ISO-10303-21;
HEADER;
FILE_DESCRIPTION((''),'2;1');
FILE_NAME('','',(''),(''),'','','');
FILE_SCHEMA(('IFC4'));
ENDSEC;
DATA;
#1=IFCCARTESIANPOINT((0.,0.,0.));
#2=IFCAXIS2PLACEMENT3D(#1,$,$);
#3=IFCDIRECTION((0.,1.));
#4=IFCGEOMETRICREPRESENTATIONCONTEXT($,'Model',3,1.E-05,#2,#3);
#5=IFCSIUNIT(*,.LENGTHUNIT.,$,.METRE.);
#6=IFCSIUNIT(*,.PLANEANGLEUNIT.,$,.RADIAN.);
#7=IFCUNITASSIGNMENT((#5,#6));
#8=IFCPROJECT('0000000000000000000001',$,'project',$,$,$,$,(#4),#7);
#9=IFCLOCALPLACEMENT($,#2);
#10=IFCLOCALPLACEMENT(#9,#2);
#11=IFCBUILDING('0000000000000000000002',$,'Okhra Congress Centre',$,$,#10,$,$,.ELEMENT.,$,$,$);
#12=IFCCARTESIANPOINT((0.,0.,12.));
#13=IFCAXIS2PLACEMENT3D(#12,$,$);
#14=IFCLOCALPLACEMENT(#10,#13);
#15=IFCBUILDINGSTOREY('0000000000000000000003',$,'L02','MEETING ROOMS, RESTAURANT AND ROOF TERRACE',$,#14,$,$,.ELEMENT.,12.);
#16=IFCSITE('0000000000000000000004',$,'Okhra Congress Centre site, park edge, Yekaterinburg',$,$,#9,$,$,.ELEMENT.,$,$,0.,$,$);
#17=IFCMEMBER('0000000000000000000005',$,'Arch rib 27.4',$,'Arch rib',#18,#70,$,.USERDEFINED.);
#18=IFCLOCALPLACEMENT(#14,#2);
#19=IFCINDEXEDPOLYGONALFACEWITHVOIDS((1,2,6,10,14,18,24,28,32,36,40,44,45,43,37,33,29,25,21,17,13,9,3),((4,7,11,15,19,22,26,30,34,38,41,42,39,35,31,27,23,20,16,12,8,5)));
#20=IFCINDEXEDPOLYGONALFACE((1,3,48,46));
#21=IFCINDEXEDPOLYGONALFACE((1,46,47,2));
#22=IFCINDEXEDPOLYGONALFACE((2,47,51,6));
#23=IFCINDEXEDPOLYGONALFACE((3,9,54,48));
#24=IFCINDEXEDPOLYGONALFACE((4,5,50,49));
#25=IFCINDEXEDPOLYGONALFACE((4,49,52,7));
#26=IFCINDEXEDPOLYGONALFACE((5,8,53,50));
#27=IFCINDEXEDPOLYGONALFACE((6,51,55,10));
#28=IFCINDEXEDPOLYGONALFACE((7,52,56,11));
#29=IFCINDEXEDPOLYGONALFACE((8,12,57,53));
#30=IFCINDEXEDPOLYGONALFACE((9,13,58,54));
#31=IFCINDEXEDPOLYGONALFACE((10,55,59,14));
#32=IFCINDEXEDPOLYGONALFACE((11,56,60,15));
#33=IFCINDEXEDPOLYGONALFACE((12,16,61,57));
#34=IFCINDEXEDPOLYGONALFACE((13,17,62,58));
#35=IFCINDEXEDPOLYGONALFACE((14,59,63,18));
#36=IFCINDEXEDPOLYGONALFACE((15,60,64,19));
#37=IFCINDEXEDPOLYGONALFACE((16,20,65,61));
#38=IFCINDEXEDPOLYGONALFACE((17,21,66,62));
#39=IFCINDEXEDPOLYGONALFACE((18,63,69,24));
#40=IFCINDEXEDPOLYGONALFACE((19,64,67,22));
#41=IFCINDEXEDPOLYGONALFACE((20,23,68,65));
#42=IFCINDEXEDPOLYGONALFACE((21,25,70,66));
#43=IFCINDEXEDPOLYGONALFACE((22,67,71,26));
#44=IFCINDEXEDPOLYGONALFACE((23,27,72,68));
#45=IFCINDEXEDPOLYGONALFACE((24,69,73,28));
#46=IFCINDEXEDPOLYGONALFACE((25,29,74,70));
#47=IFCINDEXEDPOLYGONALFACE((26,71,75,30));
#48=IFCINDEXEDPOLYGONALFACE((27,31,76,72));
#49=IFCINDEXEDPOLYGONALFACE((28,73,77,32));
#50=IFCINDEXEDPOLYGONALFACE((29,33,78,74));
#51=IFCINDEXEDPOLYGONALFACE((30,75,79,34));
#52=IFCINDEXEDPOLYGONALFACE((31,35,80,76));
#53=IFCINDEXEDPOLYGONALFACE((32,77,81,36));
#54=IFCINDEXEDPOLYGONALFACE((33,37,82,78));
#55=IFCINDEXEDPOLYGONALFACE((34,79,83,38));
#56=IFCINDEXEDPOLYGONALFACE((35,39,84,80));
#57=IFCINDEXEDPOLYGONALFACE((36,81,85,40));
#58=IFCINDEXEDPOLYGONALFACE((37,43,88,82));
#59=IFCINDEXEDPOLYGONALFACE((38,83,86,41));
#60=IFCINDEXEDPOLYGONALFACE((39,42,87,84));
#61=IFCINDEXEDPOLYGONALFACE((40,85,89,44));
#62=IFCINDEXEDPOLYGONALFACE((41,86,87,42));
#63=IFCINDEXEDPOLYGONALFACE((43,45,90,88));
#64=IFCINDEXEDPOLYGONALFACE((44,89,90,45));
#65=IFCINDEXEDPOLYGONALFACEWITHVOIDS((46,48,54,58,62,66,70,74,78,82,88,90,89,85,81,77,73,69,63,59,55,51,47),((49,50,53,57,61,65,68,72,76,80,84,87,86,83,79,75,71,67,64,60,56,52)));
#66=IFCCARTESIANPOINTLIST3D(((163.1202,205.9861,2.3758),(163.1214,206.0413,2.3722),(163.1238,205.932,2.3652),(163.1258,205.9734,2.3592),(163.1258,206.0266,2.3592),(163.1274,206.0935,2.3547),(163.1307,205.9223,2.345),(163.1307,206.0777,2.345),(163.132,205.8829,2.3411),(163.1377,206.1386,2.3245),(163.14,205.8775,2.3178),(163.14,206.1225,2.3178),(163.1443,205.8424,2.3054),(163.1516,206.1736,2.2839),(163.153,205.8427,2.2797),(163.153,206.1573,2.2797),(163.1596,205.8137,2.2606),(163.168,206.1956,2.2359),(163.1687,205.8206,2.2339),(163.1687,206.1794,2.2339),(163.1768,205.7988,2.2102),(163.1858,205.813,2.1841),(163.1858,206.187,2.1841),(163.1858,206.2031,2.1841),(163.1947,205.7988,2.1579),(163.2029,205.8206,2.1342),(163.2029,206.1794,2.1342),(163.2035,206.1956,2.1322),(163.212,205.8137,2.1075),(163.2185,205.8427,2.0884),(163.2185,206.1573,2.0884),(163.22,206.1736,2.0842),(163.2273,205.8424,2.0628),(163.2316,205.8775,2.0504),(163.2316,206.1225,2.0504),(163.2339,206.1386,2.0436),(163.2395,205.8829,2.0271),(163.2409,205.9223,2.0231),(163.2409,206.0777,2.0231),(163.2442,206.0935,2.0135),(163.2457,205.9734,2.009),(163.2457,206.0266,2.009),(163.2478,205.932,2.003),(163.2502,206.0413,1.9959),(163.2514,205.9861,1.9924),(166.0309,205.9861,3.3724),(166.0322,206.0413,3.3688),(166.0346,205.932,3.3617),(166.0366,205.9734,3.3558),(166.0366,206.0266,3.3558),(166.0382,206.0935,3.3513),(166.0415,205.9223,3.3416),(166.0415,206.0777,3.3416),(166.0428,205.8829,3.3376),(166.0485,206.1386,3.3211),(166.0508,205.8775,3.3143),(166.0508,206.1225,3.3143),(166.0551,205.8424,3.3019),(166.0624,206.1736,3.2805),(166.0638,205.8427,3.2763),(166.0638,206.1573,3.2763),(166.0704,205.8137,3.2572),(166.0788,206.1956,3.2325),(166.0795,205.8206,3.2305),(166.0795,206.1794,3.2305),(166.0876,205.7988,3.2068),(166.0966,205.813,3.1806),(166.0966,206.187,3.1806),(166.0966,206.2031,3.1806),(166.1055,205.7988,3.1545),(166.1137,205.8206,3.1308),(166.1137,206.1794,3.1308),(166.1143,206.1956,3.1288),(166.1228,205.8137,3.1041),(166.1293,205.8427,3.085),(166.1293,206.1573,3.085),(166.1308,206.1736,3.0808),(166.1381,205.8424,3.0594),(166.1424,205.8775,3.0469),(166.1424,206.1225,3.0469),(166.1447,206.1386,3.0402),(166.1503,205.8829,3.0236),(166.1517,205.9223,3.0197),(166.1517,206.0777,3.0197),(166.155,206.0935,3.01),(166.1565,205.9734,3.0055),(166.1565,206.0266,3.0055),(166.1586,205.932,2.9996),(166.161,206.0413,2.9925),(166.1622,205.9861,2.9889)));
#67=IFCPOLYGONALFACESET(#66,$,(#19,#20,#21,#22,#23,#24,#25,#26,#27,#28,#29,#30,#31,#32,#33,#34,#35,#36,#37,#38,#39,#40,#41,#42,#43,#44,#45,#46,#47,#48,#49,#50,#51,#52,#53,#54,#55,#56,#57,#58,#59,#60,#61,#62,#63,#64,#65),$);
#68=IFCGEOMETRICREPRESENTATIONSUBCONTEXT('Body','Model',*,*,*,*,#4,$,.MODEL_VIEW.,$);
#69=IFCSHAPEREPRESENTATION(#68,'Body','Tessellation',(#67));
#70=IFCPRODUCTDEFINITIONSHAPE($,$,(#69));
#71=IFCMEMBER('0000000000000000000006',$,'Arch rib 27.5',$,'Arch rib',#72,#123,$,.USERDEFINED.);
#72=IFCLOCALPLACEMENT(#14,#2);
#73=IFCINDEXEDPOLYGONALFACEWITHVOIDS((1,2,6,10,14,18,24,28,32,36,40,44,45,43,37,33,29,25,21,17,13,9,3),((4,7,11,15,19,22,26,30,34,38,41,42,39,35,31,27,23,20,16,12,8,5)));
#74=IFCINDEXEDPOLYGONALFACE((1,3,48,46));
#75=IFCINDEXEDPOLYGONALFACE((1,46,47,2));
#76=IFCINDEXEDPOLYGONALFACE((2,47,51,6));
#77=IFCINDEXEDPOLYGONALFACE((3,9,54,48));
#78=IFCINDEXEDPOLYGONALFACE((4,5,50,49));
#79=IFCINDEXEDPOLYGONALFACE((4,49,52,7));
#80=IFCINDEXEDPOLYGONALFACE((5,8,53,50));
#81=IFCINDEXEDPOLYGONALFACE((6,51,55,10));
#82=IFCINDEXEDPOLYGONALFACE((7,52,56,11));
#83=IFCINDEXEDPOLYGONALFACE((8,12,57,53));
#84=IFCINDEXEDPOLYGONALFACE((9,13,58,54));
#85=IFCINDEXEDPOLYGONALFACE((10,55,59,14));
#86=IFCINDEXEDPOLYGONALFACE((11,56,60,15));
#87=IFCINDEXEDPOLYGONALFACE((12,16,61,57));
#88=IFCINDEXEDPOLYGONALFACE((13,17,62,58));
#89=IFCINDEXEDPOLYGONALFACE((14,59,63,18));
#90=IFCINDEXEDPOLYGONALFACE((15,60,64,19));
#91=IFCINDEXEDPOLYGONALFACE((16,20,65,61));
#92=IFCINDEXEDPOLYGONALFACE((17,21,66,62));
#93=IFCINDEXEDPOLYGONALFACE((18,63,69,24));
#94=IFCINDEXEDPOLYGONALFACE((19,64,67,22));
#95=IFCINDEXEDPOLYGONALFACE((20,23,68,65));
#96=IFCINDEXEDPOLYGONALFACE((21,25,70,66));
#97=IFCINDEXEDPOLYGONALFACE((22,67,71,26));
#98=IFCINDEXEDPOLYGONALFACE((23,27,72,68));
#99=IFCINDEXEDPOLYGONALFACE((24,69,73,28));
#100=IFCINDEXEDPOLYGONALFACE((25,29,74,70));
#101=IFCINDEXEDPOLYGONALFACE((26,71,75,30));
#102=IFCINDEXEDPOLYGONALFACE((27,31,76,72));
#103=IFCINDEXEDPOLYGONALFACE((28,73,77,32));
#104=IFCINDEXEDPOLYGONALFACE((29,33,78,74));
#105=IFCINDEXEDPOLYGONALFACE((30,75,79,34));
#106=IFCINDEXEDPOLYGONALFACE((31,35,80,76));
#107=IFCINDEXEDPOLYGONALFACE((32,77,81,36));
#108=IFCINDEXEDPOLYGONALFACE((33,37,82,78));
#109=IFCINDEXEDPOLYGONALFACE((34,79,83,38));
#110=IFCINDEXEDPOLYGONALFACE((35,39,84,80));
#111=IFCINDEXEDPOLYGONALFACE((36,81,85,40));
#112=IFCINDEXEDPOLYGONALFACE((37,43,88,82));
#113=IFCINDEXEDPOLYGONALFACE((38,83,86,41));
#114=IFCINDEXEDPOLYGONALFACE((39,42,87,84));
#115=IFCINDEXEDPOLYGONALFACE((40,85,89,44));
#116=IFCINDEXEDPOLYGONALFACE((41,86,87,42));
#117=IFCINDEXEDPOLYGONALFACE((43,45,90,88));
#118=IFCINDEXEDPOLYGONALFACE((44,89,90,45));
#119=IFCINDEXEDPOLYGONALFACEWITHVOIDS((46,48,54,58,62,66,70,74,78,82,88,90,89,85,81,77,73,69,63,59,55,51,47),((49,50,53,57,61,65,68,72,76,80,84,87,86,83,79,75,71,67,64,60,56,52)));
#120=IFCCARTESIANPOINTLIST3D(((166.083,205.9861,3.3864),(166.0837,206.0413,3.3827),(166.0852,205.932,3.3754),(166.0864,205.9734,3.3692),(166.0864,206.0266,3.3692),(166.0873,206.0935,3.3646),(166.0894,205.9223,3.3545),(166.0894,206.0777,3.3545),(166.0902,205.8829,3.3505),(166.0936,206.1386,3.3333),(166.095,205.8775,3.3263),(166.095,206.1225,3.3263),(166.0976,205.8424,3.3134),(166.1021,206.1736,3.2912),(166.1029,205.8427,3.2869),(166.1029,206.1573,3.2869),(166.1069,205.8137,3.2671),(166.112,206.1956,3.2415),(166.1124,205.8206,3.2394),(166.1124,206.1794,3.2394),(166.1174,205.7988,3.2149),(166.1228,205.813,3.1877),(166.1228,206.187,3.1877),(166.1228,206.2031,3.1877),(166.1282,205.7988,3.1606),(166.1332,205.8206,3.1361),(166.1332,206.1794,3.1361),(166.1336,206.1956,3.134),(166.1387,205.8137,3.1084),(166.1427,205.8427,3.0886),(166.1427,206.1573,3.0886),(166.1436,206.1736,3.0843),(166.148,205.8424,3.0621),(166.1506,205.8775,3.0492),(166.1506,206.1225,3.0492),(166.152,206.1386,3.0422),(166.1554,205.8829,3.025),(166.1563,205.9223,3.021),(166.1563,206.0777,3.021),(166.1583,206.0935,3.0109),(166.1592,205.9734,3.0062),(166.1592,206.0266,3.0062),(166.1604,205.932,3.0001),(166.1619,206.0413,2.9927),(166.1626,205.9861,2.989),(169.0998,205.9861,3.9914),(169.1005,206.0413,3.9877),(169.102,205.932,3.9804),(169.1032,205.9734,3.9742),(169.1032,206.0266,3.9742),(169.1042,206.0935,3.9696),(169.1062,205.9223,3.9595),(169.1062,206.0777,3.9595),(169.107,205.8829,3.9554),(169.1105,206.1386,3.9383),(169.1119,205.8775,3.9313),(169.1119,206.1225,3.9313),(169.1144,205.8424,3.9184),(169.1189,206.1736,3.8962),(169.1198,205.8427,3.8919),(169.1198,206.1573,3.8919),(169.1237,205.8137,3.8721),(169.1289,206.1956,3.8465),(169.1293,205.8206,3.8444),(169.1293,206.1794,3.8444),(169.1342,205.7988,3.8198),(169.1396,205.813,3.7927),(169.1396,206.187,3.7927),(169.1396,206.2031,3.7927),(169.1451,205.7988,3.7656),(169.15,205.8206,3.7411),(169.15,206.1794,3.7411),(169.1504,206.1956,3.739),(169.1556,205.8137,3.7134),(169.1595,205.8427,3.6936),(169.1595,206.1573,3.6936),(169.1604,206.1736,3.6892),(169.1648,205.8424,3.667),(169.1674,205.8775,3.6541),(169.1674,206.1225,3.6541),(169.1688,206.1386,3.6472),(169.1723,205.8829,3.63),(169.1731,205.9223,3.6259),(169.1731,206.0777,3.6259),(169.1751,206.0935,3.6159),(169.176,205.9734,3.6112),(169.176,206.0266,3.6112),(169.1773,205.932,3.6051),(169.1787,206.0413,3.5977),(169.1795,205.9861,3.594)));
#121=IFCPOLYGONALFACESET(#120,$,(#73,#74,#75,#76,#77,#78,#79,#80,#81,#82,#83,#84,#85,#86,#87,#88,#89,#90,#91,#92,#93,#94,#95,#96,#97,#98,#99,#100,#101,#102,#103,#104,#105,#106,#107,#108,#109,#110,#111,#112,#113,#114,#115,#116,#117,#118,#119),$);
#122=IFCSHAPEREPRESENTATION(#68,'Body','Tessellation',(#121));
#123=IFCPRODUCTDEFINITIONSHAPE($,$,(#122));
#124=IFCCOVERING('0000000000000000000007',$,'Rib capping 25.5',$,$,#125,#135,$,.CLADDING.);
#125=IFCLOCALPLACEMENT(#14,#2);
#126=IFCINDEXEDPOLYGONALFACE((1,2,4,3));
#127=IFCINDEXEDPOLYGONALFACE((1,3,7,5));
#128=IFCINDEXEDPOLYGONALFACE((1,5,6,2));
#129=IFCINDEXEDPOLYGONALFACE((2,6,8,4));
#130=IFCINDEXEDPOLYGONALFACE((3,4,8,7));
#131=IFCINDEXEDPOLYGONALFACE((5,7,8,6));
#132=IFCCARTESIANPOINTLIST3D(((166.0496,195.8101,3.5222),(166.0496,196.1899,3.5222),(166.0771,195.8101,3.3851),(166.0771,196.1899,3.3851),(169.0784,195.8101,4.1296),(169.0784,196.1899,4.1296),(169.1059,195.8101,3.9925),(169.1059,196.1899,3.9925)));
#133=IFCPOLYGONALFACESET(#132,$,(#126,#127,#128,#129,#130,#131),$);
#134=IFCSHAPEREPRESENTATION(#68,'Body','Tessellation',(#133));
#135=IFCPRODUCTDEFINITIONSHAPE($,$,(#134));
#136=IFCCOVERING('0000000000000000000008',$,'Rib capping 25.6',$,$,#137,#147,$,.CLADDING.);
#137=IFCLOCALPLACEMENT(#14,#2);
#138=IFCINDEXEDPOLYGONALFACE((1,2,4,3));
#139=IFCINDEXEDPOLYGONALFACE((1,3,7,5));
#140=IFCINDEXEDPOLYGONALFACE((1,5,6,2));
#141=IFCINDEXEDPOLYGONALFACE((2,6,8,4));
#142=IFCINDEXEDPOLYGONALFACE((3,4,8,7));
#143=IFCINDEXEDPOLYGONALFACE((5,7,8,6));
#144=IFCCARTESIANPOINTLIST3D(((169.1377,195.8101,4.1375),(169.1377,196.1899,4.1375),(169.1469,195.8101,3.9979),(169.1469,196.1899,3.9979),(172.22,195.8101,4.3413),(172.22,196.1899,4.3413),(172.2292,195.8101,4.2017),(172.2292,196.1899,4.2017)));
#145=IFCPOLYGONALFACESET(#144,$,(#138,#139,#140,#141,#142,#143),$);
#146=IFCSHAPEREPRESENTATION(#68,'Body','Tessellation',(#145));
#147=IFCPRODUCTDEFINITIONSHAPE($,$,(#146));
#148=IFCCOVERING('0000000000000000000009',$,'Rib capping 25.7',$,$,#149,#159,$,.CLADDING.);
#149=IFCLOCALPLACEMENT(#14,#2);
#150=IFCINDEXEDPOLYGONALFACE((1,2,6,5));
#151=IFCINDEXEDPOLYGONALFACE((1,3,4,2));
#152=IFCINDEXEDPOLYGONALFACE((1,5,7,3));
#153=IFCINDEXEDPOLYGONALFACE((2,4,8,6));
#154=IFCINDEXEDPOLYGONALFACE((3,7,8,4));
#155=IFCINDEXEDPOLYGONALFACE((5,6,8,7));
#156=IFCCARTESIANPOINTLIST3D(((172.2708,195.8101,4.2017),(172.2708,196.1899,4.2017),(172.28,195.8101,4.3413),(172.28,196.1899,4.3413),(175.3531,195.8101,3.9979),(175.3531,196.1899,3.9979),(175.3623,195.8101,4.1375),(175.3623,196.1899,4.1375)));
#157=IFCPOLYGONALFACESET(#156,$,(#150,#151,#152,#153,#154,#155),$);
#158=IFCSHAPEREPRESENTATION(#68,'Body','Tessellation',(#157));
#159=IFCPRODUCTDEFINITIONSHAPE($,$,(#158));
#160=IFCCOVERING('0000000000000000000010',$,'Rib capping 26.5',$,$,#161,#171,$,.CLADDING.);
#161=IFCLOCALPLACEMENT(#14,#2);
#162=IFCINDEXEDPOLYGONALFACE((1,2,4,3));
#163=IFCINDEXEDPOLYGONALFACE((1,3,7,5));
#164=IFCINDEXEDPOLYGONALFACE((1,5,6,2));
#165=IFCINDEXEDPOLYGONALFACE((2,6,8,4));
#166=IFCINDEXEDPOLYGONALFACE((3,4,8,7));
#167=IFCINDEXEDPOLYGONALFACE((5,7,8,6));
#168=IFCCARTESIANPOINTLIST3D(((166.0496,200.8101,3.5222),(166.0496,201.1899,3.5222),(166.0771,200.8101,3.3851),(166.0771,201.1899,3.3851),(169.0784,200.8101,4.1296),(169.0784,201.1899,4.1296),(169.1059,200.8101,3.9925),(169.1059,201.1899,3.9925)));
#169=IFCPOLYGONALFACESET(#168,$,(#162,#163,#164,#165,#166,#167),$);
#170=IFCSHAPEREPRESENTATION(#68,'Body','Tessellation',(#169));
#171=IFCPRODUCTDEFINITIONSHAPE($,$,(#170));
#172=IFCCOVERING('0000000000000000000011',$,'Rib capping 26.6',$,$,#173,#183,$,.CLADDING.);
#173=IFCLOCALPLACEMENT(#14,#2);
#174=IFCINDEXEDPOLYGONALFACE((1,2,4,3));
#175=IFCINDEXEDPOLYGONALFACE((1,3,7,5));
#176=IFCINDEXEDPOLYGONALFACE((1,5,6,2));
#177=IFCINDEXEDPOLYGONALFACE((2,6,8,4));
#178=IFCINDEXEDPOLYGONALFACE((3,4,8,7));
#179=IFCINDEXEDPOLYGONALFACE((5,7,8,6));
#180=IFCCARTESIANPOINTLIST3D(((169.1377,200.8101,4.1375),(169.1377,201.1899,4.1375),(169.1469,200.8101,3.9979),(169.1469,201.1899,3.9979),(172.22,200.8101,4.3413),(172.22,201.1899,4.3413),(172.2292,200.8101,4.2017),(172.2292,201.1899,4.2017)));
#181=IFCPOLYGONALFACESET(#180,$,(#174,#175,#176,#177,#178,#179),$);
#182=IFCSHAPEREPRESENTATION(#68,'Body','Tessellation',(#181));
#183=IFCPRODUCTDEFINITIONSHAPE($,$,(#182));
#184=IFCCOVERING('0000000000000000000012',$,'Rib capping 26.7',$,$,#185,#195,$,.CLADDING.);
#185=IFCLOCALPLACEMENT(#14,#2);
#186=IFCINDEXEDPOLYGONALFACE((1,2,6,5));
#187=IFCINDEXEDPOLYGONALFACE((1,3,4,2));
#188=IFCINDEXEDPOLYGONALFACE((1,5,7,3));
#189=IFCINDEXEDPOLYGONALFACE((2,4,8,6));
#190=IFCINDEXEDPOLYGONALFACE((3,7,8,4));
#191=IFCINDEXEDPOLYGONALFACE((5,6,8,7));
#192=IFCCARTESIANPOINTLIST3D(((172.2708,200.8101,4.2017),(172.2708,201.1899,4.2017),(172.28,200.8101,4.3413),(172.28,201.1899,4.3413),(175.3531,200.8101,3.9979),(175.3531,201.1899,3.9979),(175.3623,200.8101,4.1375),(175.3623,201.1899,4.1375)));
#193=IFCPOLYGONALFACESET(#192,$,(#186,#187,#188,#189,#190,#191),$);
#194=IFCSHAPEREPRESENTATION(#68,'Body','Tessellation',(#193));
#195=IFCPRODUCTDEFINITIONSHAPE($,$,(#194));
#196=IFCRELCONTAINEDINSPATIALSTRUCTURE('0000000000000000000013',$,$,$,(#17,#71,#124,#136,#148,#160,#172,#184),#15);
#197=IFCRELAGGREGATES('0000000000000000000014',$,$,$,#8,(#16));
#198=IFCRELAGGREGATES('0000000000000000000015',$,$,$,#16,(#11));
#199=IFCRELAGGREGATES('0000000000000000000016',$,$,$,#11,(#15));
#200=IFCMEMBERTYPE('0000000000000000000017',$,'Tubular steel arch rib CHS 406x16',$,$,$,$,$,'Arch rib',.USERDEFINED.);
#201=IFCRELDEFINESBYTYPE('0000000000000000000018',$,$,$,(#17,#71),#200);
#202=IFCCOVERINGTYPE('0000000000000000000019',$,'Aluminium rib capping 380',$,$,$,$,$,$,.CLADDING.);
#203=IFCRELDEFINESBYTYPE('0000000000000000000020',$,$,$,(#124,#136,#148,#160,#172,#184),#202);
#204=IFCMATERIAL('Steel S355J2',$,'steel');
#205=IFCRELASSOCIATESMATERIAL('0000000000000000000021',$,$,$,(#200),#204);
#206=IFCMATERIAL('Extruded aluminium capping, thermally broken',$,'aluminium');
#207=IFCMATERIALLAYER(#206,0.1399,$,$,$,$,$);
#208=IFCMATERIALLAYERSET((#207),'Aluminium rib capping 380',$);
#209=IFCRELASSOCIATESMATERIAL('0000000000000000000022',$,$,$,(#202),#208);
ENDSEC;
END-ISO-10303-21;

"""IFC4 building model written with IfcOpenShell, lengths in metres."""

from ifc_helpers import new_model, si_unit, direction, frame, origin, origin_2d, place, context, subcontext, project, spatial, polyline, hollow_circle, outline, extrude, material, layer, layer_set, material_profile, profile_set, type_object, element, save


model = new_model("IFC4")

# Units and contexts
model_context = context("Model", 3, precision=1e-05, world=origin(), true_north=direction((0.0, 1.0)))
body_context = subcontext(model_context, "Body", "Model", "MODEL_VIEW")
ifc_project = project(units=[si_unit("LENGTHUNIT", "METRE"), si_unit("PLANEANGLEUNIT", "RADIAN")], contexts=[model_context])

# Site, building, storey
site_placement = place(None, origin())
site = spatial("IfcSite", under=ifc_project, at=site_placement, Name="Okhra Congress Centre site, park edge, Yekaterinburg", CompositionType="ELEMENT", RefElevation=0.0)
building_placement = place(site_placement, origin())
building = spatial("IfcBuilding", under=site, at=building_placement, Name="Okhra Congress Centre", CompositionType="ELEMENT")
storey_placement = place(building_placement, frame((0.0, 0.0, 12.0)))
storey = spatial("IfcBuildingStorey", under=building, at=storey_placement, Name="L02", Description="MEETING ROOMS, RESTAURANT AND ROOF TERRACE", CompositionType="ELEMENT", Elevation=12.0)

# Members
ifc_material_1 = material(Name="Steel S355J2", Category="steel")
ifc_material_profile_1 = material_profile(ifc_material_1, hollow_circle(Radius=0.2031, WallThickness=0.0161, at=origin_2d()), Name="CHS 406.4x16")
ifc_profile_set_1 = profile_set([ifc_material_profile_1], Name="Steel S355J2")
member_type_1 = type_object("IfcMemberType", Name="Tubular steel arch rib CHS 406x16", ElementType="Arch rib", PredefinedType="USERDEFINED", material=ifc_profile_set_1)
member_1_placement = place(storey_placement, frame((163.1858, 206.0, 2.1841), z_axis=(0.946089, 0.0, 0.323906), x_axis=(0.0, 1.0, 0.0)))
element("IfcMember", 1, at=member_1_placement, inside=storey, type_object=member_type_1, Name="Arch rib 27.4", ObjectType="Arch rib", PredefinedType="USERDEFINED", context=body_context, shape_type="SweptSolid", body=[
    extrude(hollow_circle(Radius=0.2031, WallThickness=0.0161, at=origin_2d()), origin(), (0.0, 0.0, 1.0), 3.0767),
])
member_2_placement = place(storey_placement, frame((166.1228, 206.0, 3.1877), z_axis=(0.98048, 0.0, 0.19662), x_axis=(0.0, 1.0, 0.0)))
element("IfcMember", 2, at=member_2_placement, inside=storey, type_object=member_type_1, Name="Arch rib 27.5", ObjectType="Arch rib", PredefinedType="USERDEFINED", context=body_context, shape_type="SweptSolid", body=[
    extrude(hollow_circle(Radius=0.2031, WallThickness=0.0161, at=origin_2d()), origin(), (0.0, 0.0, 1.0), 3.0769),
])

# Coverings
ifc_material_2 = material(Name="Extruded aluminium capping, thermally broken", Category="aluminium")
ifc_layer = layer(ifc_material_2, 0.1399)
ifc_layer_set = layer_set([ifc_layer], Name="Aluminium rib capping 380")
covering_type = type_object("IfcCoveringType", Name="Aluminium rib capping 380", PredefinedType="CLADDING", material=ifc_layer_set)
covering_1_placement = place(storey_placement, frame((166.0496, 195.8101, 3.5222), z_axis=(-0.196633, 0.0, 0.980477), x_axis=(0.980477, 0.0, 0.196633)))
element("IfcCovering", 3, at=covering_1_placement, inside=storey, type_object=covering_type, Name="Rib capping 25.5", PredefinedType="CLADDING", context=body_context, shape_type="SweptSolid", body=[
    extrude(outline(polyline([(0.0, 0.0), (3.0891, 0.0), (3.0891, 0.3799), (0.0, 0.3799), (0.0, 0.0)])), origin(), (0.0, 0.0, -1.0), 0.1399),
])
for number, where, z_axis, x_axis, name in (
    (4, (169.1377, 195.8101, 4.1375), (-0.065994, 0.0, 0.99782), (0.99782, 0.0, 0.065994), "Rib capping 25.6"),
    (5, (172.28, 195.8101, 4.3413), (0.065994, 0.0, 0.99782), (0.99782, 0.0, -0.065994), "Rib capping 25.7"),
):
    element("IfcCovering", number, at=place(storey_placement, frame(where, z_axis=z_axis, x_axis=x_axis)), inside=storey, type_object=covering_type, Name=name, PredefinedType="CLADDING", context=body_context, shape_type="SweptSolid", body=[
        extrude(outline(polyline([(0.0, 0.0), (3.089, 0.0), (3.089, 0.3799), (0.0, 0.3799), (0.0, 0.0)])), origin(), (0.0, 0.0, -1.0), 0.1399),
    ])
covering_2_placement = place(storey_placement, frame((166.0496, 200.8101, 3.5222), z_axis=(-0.196633, 0.0, 0.980477), x_axis=(0.980477, 0.0, 0.196633)))
element("IfcCovering", 6, at=covering_2_placement, inside=storey, type_object=covering_type, Name="Rib capping 26.5", PredefinedType="CLADDING", context=body_context, shape_type="SweptSolid", body=[
    extrude(outline(polyline([(0.0, 0.0), (3.0891, 0.0), (3.0891, 0.3799), (0.0, 0.3799), (0.0, 0.0)])), origin(), (0.0, 0.0, -1.0), 0.1399),
])
for number, where, z_axis, x_axis, name in (
    (7, (169.1377, 200.8101, 4.1375), (-0.065994, 0.0, 0.99782), (0.99782, 0.0, 0.065994), "Rib capping 26.6"),
    (8, (172.28, 200.8101, 4.3413), (0.065994, 0.0, 0.99782), (0.99782, 0.0, -0.065994), "Rib capping 26.7"),
):
    element("IfcCovering", number, at=place(storey_placement, frame(where, z_axis=z_axis, x_axis=x_axis)), inside=storey, type_object=covering_type, Name=name, PredefinedType="CLADDING", context=body_context, shape_type="SweptSolid", body=[
        extrude(outline(polyline([(0.0, 0.0), (3.089, 0.0), (3.089, 0.3799), (0.0, 0.3799), (0.0, 0.0)])), origin(), (0.0, 0.0, -1.0), 0.1399),
    ])

save(model, "model.ifc")
